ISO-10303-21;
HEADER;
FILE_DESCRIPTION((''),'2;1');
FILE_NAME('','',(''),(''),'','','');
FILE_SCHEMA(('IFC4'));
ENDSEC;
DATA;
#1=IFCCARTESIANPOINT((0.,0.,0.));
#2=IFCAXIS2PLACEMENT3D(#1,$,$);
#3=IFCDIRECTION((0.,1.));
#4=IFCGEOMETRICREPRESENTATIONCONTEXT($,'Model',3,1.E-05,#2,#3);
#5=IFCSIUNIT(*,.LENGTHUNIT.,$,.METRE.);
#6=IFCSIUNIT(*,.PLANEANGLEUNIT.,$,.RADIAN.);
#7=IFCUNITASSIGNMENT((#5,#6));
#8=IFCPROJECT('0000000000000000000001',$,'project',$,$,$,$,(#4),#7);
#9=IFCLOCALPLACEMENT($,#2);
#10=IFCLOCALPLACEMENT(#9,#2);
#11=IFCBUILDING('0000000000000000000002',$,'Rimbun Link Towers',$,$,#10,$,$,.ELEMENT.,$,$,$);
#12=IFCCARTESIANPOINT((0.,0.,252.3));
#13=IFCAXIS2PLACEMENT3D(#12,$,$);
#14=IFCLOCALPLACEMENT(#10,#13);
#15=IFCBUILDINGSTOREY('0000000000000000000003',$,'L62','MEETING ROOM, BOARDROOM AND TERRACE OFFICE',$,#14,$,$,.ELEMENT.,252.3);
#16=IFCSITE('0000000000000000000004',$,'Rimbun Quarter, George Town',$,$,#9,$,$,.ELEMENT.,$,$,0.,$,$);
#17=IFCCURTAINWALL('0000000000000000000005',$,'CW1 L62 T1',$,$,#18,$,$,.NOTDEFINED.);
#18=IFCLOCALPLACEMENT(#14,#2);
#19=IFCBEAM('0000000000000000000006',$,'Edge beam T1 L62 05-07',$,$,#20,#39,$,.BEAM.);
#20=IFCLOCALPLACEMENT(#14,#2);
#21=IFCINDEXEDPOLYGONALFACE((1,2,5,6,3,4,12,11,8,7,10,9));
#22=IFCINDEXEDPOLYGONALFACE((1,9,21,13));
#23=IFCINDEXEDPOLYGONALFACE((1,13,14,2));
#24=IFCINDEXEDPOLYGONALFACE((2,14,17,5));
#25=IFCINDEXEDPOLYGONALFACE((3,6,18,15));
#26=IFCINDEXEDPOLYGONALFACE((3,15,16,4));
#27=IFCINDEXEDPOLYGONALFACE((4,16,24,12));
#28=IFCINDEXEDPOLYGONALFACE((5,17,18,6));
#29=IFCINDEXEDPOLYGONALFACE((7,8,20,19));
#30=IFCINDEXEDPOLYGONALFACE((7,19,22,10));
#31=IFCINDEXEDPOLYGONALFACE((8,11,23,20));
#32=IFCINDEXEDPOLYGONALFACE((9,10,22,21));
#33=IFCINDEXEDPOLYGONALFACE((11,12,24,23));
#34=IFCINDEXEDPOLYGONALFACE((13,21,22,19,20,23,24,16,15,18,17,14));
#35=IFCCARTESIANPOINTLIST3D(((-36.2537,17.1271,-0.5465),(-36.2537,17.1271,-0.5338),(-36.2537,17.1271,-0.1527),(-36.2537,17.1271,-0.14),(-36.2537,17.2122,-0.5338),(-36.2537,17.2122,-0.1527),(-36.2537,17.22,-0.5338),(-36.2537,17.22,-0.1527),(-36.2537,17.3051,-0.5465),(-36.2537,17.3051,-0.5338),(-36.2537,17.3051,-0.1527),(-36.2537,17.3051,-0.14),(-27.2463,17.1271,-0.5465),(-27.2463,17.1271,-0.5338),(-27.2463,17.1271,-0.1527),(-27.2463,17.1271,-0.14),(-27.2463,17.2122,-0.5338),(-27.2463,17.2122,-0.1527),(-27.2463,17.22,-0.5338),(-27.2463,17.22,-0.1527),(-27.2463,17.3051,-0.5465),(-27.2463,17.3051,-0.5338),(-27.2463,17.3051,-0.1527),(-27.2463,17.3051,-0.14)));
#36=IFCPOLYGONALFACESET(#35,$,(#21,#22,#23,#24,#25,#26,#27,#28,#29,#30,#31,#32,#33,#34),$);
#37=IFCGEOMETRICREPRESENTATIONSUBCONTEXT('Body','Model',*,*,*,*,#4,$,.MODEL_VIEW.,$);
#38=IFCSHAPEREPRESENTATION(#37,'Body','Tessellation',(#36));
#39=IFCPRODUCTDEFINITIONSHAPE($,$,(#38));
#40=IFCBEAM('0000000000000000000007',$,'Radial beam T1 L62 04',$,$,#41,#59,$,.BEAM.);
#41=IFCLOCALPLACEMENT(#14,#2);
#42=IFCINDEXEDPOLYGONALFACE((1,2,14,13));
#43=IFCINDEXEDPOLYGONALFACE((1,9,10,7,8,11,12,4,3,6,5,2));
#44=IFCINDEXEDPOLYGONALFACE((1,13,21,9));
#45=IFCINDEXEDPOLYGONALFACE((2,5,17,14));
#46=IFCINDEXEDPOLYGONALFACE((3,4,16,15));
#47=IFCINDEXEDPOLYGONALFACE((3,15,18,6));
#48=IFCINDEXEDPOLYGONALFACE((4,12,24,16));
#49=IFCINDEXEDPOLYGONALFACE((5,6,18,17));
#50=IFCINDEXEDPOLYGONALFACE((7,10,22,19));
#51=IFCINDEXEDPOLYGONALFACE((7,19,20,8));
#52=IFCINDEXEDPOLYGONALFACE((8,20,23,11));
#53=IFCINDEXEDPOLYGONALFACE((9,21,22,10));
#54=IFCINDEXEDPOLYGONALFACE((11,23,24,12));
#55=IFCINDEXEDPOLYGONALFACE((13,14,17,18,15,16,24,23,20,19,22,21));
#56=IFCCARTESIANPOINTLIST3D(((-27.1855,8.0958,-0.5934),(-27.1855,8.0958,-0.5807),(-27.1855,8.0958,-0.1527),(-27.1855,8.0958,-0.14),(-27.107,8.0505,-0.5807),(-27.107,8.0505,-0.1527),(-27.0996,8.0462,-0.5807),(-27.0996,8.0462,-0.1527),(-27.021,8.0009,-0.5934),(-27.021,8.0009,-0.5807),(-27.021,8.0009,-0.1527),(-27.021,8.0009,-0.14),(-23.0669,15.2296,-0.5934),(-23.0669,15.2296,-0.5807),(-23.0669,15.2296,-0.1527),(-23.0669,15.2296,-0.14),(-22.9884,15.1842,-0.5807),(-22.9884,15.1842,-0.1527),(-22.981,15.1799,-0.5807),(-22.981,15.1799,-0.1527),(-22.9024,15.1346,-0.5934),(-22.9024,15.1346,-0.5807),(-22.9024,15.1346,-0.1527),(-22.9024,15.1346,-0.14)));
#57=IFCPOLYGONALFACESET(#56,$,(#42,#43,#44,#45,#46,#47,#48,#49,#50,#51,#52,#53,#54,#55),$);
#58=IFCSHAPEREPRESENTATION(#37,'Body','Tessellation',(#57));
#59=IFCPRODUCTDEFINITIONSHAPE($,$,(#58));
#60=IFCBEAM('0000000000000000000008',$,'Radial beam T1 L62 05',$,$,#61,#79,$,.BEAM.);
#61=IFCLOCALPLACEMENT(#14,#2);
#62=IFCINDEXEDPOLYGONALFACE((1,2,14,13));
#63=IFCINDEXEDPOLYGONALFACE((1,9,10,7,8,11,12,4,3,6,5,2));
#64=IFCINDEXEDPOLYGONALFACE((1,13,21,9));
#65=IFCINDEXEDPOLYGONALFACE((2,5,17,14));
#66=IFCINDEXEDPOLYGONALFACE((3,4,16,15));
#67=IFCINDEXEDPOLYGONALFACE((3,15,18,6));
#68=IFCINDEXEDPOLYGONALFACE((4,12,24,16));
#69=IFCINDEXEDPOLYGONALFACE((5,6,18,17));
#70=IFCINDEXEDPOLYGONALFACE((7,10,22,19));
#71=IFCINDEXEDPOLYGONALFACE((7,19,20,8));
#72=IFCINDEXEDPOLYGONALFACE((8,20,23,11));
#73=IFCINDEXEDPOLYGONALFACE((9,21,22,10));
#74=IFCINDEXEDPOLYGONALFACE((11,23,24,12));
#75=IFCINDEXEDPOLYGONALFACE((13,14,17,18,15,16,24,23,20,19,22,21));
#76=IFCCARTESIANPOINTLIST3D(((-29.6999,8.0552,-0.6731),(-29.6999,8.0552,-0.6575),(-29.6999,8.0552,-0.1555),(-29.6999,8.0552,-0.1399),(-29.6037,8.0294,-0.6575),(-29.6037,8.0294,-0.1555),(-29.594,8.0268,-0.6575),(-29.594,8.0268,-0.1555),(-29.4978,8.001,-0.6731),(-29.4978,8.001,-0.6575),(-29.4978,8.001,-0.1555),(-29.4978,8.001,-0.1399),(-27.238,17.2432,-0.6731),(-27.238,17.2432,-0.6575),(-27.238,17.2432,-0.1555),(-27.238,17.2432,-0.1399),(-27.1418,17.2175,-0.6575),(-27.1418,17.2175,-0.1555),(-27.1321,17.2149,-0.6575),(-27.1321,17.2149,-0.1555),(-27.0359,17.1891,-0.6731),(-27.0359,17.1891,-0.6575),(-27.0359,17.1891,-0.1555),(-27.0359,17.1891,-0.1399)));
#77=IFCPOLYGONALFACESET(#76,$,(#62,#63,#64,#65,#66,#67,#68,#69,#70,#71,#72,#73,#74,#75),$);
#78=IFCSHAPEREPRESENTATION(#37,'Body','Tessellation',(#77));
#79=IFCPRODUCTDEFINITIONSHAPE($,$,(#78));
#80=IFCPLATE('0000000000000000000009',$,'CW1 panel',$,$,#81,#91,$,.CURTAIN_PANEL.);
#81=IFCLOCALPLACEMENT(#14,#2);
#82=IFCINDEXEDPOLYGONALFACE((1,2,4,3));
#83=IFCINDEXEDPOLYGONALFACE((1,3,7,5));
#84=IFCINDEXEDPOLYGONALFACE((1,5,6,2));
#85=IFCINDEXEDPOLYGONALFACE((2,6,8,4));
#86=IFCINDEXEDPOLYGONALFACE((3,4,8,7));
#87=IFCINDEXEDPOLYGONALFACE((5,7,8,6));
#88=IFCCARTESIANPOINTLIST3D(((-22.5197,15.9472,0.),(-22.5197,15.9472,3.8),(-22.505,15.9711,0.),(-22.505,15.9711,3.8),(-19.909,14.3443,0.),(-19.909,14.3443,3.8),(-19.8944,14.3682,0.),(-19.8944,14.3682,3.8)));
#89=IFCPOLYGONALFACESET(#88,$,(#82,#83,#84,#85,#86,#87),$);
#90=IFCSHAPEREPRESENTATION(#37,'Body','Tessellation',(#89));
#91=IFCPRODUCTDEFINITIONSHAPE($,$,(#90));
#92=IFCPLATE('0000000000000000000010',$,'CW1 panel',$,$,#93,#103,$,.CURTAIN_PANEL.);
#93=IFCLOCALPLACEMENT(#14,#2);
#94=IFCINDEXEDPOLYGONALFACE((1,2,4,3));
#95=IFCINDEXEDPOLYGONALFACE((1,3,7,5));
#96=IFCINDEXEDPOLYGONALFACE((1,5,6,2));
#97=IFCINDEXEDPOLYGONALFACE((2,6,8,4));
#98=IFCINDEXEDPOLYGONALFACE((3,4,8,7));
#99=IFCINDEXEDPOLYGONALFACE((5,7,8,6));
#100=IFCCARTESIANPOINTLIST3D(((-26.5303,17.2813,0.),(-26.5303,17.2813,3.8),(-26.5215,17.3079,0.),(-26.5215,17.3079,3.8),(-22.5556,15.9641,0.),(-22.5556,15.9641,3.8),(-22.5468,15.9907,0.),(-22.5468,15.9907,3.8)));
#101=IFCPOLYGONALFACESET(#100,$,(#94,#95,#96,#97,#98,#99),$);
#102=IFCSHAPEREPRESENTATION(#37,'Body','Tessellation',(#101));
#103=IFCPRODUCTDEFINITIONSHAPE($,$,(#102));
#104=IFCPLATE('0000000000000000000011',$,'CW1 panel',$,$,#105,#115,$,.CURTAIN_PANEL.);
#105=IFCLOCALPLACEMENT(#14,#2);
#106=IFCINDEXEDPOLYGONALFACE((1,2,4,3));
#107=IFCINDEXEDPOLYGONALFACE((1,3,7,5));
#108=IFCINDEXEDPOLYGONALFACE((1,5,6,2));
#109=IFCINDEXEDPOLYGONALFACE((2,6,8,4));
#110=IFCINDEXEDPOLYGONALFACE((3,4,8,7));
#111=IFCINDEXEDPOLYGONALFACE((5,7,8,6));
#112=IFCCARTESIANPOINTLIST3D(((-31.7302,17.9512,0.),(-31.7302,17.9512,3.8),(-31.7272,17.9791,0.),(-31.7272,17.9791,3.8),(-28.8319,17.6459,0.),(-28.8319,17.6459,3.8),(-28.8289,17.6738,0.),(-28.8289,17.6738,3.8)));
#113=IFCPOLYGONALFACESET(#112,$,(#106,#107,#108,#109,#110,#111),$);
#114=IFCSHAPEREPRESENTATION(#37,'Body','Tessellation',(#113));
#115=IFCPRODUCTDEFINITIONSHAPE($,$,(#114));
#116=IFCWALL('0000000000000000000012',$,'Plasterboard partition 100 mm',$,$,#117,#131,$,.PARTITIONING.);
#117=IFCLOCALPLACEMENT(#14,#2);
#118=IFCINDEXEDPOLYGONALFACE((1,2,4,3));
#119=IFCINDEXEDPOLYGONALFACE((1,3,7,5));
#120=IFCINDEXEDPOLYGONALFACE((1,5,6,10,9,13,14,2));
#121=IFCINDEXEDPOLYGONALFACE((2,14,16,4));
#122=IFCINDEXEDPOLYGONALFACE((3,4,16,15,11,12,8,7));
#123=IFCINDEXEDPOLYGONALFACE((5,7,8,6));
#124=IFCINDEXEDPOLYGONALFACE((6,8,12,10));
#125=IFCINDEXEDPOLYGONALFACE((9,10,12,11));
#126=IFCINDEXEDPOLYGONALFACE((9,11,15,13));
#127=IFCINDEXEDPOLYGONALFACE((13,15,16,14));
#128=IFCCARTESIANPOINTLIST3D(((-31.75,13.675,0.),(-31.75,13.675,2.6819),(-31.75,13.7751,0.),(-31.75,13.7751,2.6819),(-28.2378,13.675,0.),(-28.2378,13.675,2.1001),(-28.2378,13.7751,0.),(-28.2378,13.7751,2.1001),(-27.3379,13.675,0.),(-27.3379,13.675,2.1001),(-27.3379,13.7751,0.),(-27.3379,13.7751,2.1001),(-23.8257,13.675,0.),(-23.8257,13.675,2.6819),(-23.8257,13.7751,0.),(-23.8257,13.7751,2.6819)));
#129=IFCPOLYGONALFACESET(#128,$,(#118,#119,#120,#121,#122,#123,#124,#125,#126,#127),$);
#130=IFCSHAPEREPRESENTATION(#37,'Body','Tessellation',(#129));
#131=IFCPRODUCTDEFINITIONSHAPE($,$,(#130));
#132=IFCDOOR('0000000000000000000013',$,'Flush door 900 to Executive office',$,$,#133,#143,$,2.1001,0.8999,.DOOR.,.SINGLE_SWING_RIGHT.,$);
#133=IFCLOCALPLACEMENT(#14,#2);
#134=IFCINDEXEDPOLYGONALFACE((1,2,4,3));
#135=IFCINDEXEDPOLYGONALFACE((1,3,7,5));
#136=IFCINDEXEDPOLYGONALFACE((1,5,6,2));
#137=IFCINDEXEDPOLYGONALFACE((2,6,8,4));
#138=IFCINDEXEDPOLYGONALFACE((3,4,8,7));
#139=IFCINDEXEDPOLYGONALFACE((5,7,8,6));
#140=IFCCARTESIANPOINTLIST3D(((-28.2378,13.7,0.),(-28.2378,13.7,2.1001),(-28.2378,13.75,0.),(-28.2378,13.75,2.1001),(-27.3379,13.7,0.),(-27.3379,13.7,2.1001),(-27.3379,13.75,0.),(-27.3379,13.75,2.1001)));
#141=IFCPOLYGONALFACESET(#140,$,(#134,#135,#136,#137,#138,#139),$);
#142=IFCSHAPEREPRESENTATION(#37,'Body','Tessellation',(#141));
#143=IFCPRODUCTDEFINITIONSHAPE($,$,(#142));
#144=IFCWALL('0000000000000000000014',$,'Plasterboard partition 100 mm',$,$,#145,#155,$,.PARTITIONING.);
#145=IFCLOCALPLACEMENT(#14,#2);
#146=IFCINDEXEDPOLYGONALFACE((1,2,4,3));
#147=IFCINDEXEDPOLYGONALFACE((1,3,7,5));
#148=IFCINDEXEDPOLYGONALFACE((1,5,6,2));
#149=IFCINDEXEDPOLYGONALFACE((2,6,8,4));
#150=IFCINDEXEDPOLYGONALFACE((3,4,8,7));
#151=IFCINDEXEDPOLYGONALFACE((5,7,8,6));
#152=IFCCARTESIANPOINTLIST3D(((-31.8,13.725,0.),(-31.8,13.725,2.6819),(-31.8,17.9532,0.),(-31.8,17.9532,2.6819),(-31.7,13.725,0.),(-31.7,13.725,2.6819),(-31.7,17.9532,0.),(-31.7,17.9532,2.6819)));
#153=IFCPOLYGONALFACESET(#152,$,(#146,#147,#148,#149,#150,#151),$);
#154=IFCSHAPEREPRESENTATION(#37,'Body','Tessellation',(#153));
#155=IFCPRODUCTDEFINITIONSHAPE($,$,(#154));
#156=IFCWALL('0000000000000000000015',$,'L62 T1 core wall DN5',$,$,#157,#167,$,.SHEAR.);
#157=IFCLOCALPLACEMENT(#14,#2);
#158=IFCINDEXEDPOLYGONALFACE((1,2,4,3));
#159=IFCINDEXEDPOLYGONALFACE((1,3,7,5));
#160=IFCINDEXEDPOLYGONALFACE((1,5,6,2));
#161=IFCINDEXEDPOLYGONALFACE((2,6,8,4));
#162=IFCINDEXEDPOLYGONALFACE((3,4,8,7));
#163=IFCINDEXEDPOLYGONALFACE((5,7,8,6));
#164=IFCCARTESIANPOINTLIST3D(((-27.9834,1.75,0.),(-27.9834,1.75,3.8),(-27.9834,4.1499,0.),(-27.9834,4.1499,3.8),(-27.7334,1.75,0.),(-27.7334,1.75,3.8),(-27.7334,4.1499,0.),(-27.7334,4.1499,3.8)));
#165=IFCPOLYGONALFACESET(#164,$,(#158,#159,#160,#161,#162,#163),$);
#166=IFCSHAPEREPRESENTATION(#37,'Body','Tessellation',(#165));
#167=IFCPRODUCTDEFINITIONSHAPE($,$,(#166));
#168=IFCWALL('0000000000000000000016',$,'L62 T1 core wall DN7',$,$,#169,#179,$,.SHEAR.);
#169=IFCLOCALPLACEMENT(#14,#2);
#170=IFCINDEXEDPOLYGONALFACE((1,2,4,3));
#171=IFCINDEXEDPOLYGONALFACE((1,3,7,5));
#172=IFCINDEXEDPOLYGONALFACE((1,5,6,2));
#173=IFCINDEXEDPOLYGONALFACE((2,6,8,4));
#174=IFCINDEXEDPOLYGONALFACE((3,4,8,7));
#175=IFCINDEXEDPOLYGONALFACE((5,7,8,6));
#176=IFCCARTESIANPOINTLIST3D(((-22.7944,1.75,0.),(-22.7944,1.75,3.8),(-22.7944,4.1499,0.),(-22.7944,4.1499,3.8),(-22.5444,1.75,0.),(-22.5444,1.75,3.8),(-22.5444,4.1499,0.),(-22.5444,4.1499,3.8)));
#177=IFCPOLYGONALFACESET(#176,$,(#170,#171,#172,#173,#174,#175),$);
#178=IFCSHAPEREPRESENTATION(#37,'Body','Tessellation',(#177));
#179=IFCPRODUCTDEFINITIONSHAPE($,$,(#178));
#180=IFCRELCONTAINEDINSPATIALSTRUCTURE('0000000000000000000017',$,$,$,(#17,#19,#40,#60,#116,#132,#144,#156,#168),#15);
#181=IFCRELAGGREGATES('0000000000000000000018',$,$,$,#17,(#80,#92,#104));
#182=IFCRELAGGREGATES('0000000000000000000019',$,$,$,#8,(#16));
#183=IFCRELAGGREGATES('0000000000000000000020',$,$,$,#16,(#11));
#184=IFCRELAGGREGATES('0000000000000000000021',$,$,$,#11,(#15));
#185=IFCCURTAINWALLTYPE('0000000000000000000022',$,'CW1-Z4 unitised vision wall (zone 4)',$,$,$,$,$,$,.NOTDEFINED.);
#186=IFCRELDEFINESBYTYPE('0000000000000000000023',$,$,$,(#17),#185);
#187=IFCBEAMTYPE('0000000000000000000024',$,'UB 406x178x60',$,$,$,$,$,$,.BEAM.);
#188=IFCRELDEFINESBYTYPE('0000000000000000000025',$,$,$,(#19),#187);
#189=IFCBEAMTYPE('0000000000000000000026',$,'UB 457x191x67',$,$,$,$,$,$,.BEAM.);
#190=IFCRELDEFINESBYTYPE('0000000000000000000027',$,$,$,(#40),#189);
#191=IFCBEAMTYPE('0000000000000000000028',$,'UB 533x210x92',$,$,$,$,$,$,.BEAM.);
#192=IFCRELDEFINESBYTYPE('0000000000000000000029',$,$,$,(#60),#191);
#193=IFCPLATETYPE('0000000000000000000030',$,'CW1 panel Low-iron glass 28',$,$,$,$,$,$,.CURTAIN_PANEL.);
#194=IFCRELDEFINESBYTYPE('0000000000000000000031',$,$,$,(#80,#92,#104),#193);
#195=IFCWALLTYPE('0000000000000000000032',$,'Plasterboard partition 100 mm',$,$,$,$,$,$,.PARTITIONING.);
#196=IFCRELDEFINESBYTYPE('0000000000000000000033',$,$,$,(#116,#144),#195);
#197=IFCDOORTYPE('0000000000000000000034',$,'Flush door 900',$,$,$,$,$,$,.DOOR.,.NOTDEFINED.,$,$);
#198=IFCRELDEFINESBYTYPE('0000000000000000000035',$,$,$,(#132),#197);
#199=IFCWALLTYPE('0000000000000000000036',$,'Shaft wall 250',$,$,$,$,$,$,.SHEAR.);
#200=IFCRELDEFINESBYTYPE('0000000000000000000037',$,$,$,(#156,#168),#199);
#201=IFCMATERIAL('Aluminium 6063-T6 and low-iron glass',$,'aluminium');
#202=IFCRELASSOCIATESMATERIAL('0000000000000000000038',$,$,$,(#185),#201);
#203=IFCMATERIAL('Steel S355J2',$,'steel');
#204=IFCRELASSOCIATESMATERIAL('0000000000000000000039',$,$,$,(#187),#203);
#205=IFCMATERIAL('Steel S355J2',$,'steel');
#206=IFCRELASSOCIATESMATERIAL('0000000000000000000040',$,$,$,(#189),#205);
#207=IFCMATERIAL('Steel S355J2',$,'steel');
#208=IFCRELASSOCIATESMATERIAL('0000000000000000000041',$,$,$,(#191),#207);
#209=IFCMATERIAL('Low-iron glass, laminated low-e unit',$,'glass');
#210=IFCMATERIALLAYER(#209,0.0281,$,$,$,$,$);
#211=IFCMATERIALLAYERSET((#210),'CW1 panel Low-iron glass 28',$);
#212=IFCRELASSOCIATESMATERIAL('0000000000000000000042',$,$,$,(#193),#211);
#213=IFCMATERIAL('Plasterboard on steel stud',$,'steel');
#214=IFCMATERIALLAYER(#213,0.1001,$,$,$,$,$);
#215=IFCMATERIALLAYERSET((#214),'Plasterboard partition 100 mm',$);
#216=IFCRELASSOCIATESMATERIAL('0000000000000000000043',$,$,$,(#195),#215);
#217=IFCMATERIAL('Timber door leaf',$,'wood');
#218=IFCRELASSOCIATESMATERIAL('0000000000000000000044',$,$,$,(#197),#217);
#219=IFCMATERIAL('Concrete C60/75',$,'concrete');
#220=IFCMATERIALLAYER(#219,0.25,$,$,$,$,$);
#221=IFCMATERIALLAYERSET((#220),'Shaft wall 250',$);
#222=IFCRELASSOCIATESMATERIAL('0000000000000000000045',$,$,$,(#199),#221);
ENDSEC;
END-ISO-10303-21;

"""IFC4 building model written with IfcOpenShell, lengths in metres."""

from ifc_helpers import new_model, si_unit, direction, frame, frame_2d, origin, origin_2d, place, context, subcontext, project, spatial, rectangle, i_section, extrude, material, layer, layer_set, material_profile, profile_set, type_object, element, fill, aggregate, save


model = new_model("IFC4")

# Units and contexts
model_context = context("Model", 3, precision=1e-05, world=origin(), true_north=direction((0.0, 1.0)))
body_context = subcontext(model_context, "Body", "Model", "MODEL_VIEW")
ifc_project = project(units=[si_unit("LENGTHUNIT", "METRE"), si_unit("PLANEANGLEUNIT", "RADIAN")], contexts=[model_context])

# Site, building, storey
site_placement = place(None, origin())
site = spatial("IfcSite", under=ifc_project, at=site_placement, Name="Rimbun Quarter, George Town", CompositionType="ELEMENT", RefElevation=0.0)
building_placement = place(site_placement, origin())
building = spatial("IfcBuilding", under=site, at=building_placement, Name="Rimbun Link Towers", CompositionType="ELEMENT")
storey_placement = place(building_placement, frame((0.0, 0.0, 252.3)))
storey = spatial("IfcBuildingStorey", under=building, at=storey_placement, Name="L62", Description="MEETING ROOM, BOARDROOM AND TERRACE OFFICE", CompositionType="ELEMENT", Elevation=252.3)

# Curtain wall
ifc_material_1 = material(Name="Aluminium 6063-T6 and low-iron glass", Category="aluminium")
curtain_wall_type = type_object("IfcCurtainWallType", Name="CW1-Z4 unitised vision wall (zone 4)", PredefinedType="NOTDEFINED", material=ifc_material_1)
curtain_wall_placement = place(storey_placement, origin())
curtain_wall = element("IfcCurtainWall", 1, at=curtain_wall_placement, inside=storey, type_object=curtain_wall_type, Name="CW1 L62 T1", PredefinedType="NOTDEFINED")

# Beams
ifc_material_2 = material(Name="Steel S355J2", Category="steel")
ifc_material_profile_1 = material_profile(ifc_material_2, i_section(OverallWidth=0.178, OverallDepth=0.4065, WebThickness=0.0078, FlangeThickness=0.0127, at=origin_2d()), Name="UB 406x178x60")
ifc_profile_set_1 = profile_set([ifc_material_profile_1], Name="Steel S355J2")
beam_type_1 = type_object("IfcBeamType", Name="UB 406x178x60", PredefinedType="BEAM", material=ifc_profile_set_1)
beam_1_placement = place(storey_placement, frame((-27.2463, 17.2161, -0.3433), z_axis=(-1.0, 0.0, 0.0), x_axis=(0.0, -1.0, 0.0)))
element("IfcBeam", 2, at=beam_1_placement, inside=storey, type_object=beam_type_1, Name="Edge beam T1 L62 05-07", PredefinedType="BEAM", context=body_context, shape_type="SweptSolid", body=[
    extrude(i_section(OverallWidth=0.178, OverallDepth=0.4065, WebThickness=0.0078, FlangeThickness=0.0127, at=origin_2d()), origin(), (0.0, 0.0, 1.0), 9.0073),
])
ifc_material_3 = material(Name="Steel S355J2", Category="steel")
ifc_material_profile_2 = material_profile(ifc_material_3, i_section(OverallWidth=0.1899, OverallDepth=0.4534, WebThickness=0.0085, FlangeThickness=0.0127, at=origin_2d()), Name="UB 457x191x67")
ifc_profile_set_2 = profile_set([ifc_material_profile_2], Name="Steel S355J2")
beam_type_2 = type_object("IfcBeamType", Name="UB 457x191x67", PredefinedType="BEAM", material=ifc_profile_set_2)
beam_2_placement = place(storey_placement, frame((-27.1033, 8.0483, -0.3667), z_axis=(0.499996, 0.866028, 0.0), x_axis=(-0.866028, 0.499996, 0.0)))
element("IfcBeam", 3, at=beam_2_placement, inside=storey, type_object=beam_type_2, Name="Radial beam T1 L62 04", PredefinedType="BEAM", context=body_context, shape_type="SweptSolid", body=[
    extrude(i_section(OverallWidth=0.1899, OverallDepth=0.4534, WebThickness=0.0085, FlangeThickness=0.0127, at=origin_2d()), origin(), (0.0, 0.0, 1.0), 8.2373),
])
ifc_material_4 = material(Name="Steel S355J2", Category="steel")
ifc_material_profile_3 = material_profile(ifc_material_4, i_section(OverallWidth=0.2092, OverallDepth=0.5332, WebThickness=0.01, FlangeThickness=0.0156, at=origin_2d()), Name="UB 533x210x92")
ifc_profile_set_3 = profile_set([ifc_material_profile_3], Name="Steel S355J2")
beam_type_3 = type_object("IfcBeamType", Name="UB 533x210x92", PredefinedType="BEAM", material=ifc_profile_set_3)
beam_3_placement = place(storey_placement, frame((-29.5989, 8.0281, -0.4065), z_axis=(0.258819, 0.965926, 0.0), x_axis=(-0.965926, 0.258819, 0.0)))
element("IfcBeam", 4, at=beam_3_placement, inside=storey, type_object=beam_type_3, Name="Radial beam T1 L62 05", PredefinedType="BEAM", context=body_context, shape_type="SweptSolid", body=[
    extrude(i_section(OverallWidth=0.2092, OverallDepth=0.5332, WebThickness=0.01, FlangeThickness=0.0156, at=origin_2d()), origin(), (0.0, 0.0, 1.0), 9.5122),
])

# Plates
ifc_material_5 = material(Name="Low-iron glass, laminated low-e unit", Category="glass")
ifc_layer_1 = layer(ifc_material_5, 0.0281)
ifc_layer_set_1 = layer_set([ifc_layer_1], Name="CW1 panel Low-iron glass 28")
plate_type = type_object("IfcPlateType", Name="CW1 panel Low-iron glass 28", PredefinedType="CURTAIN_PANEL", material=ifc_layer_set_1)
plate_1_placement = place(storey_placement, frame((-21.207, 15.1577, 0.0), z_axis=(0.0, 0.0, 1.0), x_axis=(0.852192, -0.523229, 0.0)))
plate_1 = element("IfcPlate", 5, at=plate_1_placement, type_object=plate_type, Name="CW1 panel", PredefinedType="CURTAIN_PANEL", context=body_context, shape_type="SweptSolid", body=[
    extrude(rectangle(XDim=3.0635, YDim=0.0281, at=origin_2d()), origin(), (0.0, 0.0, 1.0), 3.8),
])
plate_2_placement = place(storey_placement, frame((-24.5386, 16.636, 0.0), z_axis=(0.0, 0.0, 1.0), x_axis=(0.949234, -0.314569, 0.0)))
plate_2 = element("IfcPlate", 6, at=plate_2_placement, type_object=plate_type, Name="CW1 panel", PredefinedType="CURTAIN_PANEL", context=body_context, shape_type="SweptSolid", body=[
    extrude(rectangle(XDim=4.1873, YDim=0.0281, at=origin_2d()), origin(), (0.0, 0.0, 1.0), 3.8),
])
plate_3_placement = place(storey_placement, frame((-30.2795, 17.8125, 0.0), z_axis=(0.0, 0.0, 1.0), x_axis=(0.9945, -0.104732, 0.0)))
plate_3 = element("IfcPlate", 7, at=plate_3_placement, type_object=plate_type, Name="CW1 panel", PredefinedType="CURTAIN_PANEL", context=body_context, shape_type="SweptSolid", body=[
    extrude(rectangle(XDim=2.9143, YDim=0.0281, at=origin_2d()), origin(), (0.0, 0.0, 1.0), 3.8),
])
aggregate(curtain_wall, [plate_1, plate_2, plate_3])

# Wall, opening, door
ifc_material_6 = material(Name="Plasterboard on steel stud", Category="steel")
ifc_layer_2 = layer(ifc_material_6, 0.1001)
ifc_layer_set_2 = layer_set([ifc_layer_2], Name="Plasterboard partition 100 mm")
wall_type_1 = type_object("IfcWallType", Name="Plasterboard partition 100 mm", PredefinedType="PARTITIONING", material=ifc_layer_set_2)
wall_1_placement = place(storey_placement, frame((-31.75, 13.7251, 0.0), z_axis=(0.0, 0.0, 1.0), x_axis=(1.0, 0.0, 0.0)))
wall_1 = element("IfcWall", 8, at=wall_1_placement, inside=storey, type_object=wall_type_1, Name="Plasterboard partition 100 mm", PredefinedType="PARTITIONING", context=body_context, shape_type="SweptSolid", body=[
    extrude(rectangle(XDim=7.9243, YDim=0.1001, at=frame_2d((3.9622, 0.0))), origin(), (0.0, 0.0, 1.0), 2.6819),
])
opening_1_placement = place(wall_1_placement, frame((3.5122, 0.0, 0.0)))
opening_1 = element("IfcOpeningElement", 9, at=opening_1_placement, cuts=wall_1, PredefinedType="OPENING", context=body_context, shape_type="SweptSolid", body=[
    extrude(rectangle(XDim=0.8999, YDim=2.1001, at=frame_2d((0.45, 1.05))), frame((0.0, 0.0601, 0.0), z_axis=(0.0, -1.0, 0.0), x_axis=(1.0, 0.0, 0.0)), (0.0, 0.0, 1.0), 0.1201),
])
ifc_material_7 = material(Name="Timber door leaf", Category="wood")
door_type_1 = type_object("IfcDoorType", Name="Flush door 900", OperationType="NOTDEFINED", PredefinedType="DOOR", material=ifc_material_7)
door_1_placement = place(opening_1_placement, origin())
door_1 = element("IfcDoor", 10, at=door_1_placement, inside=storey, type_object=door_type_1, Name="Flush door 900 to Executive office", OperationType="SINGLE_SWING_RIGHT", OverallHeight=2.1001, OverallWidth=0.8999, PredefinedType="DOOR", context=body_context, shape_type="SweptSolid", body=[
    extrude(rectangle(XDim=0.8999, YDim=2.1001, at=frame_2d((0.45, 1.05))), frame((0.0, 0.0249, 0.0), z_axis=(0.0, -1.0, 0.0), x_axis=(1.0, 0.0, 0.0)), (0.0, 0.0, 1.0), 0.05),
])
fill(opening_1, door_1)

# Walls
wall_2_placement = place(storey_placement, frame((-31.75, 17.9534, 0.0), z_axis=(0.0, 0.0, 1.0), x_axis=(0.0, -1.0, 0.0)))
element("IfcWall", 11, at=wall_2_placement, inside=storey, type_object=wall_type_1, Name="Plasterboard partition 100 mm", PredefinedType="PARTITIONING", context=body_context, shape_type="SweptSolid", body=[
    extrude(rectangle(XDim=4.2283, YDim=0.1001, at=frame_2d((2.1143, 0.0))), origin(), (0.0, 0.0, 1.0), 2.6819),
])
ifc_material_8 = material(Name="Concrete C60/75", Category="concrete")
ifc_layer_3 = layer(ifc_material_8, 0.25)
ifc_layer_set_3 = layer_set([ifc_layer_3], Name="Shaft wall 250")
wall_type_2 = type_object("IfcWallType", Name="Shaft wall 250", PredefinedType="SHEAR", material=ifc_layer_set_3)
for number, where, z_axis, x_axis, name in (
    (12, (-27.8584, 1.75, 0.0), (0.0, 0.0, 1.0), (0.0, 1.0, 0.0), "L62 T1 core wall DN5"),
    (13, (-22.6694, 1.75, 0.0), (0.0, 0.0, 1.0), (0.0, 1.0, 0.0), "L62 T1 core wall DN7"),
):
    element("IfcWall", number, at=place(storey_placement, frame(where, z_axis=z_axis, x_axis=x_axis)), inside=storey, type_object=wall_type_2, Name=name, PredefinedType="SHEAR", context=body_context, shape_type="SweptSolid", body=[
        extrude(rectangle(XDim=2.3999, YDim=0.25, at=frame_2d((1.2, 0.0))), origin(), (0.0, 0.0, 1.0), 3.8),
    ])

save(model, "model.ifc")
